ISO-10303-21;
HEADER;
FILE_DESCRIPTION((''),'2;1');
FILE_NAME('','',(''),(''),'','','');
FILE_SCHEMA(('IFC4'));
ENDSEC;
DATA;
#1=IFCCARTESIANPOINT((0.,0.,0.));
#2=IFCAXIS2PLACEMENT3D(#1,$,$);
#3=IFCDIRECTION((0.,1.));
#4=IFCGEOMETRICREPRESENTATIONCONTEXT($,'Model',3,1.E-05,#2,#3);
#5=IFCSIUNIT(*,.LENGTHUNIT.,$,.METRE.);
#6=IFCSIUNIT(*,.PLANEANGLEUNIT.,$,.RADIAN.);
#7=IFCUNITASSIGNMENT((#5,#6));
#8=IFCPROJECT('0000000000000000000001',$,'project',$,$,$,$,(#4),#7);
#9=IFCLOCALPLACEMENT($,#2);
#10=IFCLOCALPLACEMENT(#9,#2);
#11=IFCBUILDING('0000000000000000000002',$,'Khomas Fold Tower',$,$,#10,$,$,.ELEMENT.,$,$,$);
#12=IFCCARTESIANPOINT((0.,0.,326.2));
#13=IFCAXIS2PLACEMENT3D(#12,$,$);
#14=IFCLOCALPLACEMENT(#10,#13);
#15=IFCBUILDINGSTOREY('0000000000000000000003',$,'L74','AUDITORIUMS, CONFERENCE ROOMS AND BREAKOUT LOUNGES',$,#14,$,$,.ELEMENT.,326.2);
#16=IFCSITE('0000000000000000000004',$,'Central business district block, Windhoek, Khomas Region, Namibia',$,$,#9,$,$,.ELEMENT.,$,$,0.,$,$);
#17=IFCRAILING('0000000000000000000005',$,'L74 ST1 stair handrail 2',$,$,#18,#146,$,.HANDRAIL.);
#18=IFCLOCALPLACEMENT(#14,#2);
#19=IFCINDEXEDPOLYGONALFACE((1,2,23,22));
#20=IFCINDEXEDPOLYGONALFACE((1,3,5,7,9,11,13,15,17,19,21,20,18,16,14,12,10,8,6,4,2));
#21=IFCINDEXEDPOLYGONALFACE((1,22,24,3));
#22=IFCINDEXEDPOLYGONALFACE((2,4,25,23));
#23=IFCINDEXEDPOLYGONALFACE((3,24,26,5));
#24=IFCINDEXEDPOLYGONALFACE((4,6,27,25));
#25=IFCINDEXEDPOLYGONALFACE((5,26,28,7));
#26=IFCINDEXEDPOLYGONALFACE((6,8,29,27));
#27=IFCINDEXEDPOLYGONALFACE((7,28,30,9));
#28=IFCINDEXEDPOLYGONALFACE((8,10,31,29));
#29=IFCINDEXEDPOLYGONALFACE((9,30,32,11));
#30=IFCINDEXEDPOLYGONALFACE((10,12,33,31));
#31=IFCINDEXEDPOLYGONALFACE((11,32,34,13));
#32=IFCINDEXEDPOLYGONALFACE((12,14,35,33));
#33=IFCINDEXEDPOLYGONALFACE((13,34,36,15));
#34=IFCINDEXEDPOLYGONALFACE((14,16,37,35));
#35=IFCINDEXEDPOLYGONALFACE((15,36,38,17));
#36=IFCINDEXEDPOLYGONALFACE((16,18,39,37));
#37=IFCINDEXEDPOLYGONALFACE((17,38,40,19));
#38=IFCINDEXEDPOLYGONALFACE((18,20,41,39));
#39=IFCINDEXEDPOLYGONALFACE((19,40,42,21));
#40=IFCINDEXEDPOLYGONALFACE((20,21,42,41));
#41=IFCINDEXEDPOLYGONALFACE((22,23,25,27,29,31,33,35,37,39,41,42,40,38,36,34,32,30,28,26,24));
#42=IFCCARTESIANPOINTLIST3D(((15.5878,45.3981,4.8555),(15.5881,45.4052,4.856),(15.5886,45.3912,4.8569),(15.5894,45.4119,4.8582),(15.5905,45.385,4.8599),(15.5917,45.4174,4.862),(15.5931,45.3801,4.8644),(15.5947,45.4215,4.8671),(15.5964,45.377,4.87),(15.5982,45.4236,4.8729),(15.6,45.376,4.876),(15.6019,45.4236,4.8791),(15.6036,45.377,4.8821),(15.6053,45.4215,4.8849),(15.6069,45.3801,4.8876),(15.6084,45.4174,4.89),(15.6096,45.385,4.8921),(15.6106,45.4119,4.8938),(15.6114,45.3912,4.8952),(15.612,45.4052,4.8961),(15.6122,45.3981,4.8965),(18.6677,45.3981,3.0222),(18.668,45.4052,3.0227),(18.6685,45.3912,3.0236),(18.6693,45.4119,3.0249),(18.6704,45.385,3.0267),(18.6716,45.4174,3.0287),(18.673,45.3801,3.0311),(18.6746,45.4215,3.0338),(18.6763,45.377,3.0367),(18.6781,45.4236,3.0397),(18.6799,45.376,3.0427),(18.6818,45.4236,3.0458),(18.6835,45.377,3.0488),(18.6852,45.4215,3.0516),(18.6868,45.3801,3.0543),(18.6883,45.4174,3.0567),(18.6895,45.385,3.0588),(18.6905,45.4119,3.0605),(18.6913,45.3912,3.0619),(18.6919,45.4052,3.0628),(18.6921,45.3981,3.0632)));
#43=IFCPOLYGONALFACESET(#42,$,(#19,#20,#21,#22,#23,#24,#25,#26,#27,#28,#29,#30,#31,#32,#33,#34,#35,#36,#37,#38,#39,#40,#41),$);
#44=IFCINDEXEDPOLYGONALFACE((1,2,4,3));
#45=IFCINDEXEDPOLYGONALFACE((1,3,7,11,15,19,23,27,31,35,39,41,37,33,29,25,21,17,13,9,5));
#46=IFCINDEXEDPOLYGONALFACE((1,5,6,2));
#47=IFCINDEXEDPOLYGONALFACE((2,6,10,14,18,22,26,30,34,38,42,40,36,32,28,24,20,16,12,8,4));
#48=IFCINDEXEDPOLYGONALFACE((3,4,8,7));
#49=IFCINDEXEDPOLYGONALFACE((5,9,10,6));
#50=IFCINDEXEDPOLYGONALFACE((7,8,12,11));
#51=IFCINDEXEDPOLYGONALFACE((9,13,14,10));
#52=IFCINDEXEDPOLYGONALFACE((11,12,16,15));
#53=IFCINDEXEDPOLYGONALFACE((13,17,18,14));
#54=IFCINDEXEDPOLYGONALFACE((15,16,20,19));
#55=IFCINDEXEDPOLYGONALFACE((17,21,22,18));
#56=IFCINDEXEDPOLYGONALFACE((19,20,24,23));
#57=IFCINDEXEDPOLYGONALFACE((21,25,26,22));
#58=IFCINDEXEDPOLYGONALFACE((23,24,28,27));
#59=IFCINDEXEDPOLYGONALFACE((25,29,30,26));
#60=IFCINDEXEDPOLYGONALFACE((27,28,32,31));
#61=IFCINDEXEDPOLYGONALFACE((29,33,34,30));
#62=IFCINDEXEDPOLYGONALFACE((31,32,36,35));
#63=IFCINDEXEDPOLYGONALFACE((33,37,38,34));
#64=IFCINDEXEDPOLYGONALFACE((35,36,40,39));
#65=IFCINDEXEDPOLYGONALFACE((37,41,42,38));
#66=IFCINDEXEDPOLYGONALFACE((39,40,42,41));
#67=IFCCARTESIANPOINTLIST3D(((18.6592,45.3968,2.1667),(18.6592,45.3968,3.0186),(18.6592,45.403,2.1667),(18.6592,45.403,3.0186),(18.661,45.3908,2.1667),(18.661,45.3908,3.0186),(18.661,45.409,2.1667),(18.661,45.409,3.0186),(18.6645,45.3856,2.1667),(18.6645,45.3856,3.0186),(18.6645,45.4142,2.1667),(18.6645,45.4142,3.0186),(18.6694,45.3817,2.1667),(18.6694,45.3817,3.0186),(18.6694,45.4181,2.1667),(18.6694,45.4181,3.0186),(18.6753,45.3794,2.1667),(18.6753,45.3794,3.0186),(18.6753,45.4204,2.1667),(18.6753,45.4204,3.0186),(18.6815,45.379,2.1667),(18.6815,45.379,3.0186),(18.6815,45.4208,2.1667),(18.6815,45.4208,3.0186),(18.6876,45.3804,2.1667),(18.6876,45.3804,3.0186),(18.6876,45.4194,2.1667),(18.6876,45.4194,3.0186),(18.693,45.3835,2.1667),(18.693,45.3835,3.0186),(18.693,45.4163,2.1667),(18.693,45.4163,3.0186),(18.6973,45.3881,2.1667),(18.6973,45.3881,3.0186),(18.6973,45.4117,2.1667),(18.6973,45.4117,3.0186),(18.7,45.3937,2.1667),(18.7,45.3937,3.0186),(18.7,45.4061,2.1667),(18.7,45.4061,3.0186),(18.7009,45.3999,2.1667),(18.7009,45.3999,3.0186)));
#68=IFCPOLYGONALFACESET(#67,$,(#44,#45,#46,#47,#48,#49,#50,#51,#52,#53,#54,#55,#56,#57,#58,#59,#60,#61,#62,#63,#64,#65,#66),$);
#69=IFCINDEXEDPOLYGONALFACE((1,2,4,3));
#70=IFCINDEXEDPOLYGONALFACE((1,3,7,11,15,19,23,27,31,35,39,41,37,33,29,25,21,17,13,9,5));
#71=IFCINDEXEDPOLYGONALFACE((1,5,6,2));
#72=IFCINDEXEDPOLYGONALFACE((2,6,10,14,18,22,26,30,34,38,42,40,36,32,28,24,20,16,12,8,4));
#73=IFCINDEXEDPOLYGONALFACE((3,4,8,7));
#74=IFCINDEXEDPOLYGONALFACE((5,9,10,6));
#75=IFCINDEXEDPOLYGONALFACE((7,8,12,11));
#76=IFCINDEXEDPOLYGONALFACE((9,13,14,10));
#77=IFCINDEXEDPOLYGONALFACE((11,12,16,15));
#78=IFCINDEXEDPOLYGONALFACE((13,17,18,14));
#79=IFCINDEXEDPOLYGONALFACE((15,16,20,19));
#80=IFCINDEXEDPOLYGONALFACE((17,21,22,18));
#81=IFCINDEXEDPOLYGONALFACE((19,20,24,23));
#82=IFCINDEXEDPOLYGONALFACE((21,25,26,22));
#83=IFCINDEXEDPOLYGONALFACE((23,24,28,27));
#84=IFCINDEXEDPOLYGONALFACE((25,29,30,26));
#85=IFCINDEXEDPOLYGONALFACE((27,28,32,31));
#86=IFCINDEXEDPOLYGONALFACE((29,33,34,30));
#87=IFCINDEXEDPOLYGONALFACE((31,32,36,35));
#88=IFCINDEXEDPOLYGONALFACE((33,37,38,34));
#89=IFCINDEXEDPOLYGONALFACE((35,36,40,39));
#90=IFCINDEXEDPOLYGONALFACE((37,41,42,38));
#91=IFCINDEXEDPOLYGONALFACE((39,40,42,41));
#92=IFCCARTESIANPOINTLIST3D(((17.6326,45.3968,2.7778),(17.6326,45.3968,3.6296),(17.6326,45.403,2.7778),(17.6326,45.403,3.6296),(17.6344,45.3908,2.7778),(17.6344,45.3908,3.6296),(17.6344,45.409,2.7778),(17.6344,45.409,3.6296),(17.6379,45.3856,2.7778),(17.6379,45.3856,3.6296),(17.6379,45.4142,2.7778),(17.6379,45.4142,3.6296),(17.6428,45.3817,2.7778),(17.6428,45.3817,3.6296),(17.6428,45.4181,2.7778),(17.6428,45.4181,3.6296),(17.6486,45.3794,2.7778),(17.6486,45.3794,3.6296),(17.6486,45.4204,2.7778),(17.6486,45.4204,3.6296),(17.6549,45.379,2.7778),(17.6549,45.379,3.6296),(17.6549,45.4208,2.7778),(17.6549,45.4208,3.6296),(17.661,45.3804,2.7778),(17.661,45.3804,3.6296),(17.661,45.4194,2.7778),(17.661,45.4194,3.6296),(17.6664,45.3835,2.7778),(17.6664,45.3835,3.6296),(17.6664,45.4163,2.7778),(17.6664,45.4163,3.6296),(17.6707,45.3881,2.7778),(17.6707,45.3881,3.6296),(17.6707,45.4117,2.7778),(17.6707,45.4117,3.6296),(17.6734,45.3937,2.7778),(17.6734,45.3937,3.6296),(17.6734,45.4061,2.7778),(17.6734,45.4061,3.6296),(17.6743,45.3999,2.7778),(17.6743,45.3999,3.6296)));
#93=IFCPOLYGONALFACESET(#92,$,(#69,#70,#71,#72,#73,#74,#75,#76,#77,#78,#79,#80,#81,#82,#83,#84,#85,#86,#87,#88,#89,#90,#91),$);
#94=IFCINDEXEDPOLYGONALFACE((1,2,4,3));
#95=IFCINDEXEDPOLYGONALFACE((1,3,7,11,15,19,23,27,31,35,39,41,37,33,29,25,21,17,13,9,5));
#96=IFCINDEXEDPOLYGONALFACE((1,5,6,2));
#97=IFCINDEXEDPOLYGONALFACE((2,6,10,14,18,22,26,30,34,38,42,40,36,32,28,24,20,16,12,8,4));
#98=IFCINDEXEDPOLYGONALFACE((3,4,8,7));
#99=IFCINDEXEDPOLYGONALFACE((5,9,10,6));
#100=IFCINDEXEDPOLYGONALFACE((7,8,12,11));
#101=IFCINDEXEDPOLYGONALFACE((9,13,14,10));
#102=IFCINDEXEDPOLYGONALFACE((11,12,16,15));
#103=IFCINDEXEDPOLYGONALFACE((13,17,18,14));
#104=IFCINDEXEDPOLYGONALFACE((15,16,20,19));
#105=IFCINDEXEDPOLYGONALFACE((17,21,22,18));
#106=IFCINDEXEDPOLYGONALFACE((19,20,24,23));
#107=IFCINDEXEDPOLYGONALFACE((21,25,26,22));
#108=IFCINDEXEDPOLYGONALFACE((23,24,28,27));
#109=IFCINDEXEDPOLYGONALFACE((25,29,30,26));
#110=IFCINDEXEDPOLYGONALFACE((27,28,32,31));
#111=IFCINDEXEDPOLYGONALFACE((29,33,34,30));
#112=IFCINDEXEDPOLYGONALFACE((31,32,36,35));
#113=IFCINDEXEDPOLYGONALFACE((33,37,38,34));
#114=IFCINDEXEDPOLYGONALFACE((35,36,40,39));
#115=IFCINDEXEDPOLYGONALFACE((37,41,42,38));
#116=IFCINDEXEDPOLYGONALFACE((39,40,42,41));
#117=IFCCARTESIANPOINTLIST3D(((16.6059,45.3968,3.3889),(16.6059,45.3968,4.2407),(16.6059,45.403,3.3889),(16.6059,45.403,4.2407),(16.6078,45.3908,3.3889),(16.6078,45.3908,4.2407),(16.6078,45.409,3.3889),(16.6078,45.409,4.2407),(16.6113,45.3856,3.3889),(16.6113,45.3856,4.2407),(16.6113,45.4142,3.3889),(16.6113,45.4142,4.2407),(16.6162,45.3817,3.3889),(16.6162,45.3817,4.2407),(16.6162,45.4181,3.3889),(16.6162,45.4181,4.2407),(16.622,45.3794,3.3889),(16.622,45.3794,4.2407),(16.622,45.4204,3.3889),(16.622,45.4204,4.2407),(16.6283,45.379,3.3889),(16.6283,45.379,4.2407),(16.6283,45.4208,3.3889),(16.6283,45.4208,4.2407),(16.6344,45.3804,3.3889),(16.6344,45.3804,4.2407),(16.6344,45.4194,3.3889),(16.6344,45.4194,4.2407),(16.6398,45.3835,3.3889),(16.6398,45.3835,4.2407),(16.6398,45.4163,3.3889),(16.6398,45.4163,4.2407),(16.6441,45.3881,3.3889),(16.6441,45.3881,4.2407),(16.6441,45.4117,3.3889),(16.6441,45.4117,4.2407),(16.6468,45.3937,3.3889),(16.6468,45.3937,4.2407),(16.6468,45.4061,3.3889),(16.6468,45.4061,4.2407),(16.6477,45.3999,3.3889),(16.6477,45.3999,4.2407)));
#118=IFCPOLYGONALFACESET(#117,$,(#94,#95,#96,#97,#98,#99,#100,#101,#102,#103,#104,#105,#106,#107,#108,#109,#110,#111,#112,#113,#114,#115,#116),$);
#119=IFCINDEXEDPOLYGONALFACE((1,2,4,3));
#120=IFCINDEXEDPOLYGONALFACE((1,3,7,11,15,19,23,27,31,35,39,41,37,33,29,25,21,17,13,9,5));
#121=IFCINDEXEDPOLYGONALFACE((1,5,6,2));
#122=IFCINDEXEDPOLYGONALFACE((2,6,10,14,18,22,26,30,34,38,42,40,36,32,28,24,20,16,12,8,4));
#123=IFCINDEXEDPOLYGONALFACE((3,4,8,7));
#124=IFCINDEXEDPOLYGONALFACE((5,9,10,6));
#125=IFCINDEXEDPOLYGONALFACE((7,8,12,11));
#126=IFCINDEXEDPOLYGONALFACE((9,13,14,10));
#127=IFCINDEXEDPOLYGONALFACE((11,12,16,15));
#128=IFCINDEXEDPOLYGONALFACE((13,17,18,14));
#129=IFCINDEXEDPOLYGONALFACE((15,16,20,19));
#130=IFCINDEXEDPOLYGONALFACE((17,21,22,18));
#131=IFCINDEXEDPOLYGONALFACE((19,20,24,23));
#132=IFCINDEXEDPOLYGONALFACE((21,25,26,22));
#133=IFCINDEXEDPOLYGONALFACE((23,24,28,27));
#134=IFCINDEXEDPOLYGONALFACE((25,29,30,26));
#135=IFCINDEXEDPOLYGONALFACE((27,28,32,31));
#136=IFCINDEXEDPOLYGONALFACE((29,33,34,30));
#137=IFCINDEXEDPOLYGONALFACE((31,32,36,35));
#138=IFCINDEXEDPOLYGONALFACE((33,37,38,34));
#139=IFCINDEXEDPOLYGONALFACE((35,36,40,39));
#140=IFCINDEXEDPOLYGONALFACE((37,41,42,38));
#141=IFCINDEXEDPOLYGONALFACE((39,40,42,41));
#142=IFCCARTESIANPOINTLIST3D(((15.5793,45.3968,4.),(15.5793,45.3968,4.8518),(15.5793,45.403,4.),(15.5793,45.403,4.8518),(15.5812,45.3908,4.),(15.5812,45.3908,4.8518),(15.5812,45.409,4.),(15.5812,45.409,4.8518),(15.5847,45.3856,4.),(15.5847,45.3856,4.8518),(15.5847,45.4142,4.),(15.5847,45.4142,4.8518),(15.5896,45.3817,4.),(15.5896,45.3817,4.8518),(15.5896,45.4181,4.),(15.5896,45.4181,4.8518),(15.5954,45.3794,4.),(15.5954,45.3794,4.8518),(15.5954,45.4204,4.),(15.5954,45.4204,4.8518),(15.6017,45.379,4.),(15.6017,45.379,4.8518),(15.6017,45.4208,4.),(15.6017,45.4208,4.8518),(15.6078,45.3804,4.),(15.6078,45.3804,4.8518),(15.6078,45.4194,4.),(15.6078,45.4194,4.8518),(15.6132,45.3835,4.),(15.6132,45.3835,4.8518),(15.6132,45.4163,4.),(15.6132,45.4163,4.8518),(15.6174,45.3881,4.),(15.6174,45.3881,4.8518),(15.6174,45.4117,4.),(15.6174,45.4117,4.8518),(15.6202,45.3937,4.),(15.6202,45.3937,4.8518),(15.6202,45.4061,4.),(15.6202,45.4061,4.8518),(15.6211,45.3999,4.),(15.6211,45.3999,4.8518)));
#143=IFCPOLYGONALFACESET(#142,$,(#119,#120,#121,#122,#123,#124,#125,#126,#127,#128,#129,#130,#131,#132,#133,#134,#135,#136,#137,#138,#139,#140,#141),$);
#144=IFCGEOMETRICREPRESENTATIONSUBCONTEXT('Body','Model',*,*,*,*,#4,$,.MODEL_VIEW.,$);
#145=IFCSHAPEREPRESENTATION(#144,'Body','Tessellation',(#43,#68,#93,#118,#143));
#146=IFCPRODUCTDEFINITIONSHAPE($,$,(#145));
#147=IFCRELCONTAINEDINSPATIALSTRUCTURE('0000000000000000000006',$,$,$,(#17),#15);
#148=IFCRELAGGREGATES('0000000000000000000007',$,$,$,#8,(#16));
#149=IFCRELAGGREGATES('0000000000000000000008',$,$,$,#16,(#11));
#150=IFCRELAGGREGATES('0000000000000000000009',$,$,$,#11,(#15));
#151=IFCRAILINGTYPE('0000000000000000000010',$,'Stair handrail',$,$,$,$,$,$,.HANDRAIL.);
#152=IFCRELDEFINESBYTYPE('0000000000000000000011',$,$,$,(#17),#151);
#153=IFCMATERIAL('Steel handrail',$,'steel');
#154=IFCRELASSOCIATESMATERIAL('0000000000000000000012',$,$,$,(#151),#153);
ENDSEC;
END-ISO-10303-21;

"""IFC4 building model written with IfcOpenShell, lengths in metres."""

from ifc_helpers import new_model, si_unit, direction, frame, origin, origin_2d, place, context, subcontext, project, spatial, circle, extrude, source, transform, mapped, material, type_object, element, save


model = new_model("IFC4")

# Units and contexts
model_context = context("Model", 3, precision=1e-05, world=origin(), true_north=direction((0.0, 1.0)))
body_context = subcontext(model_context, "Body", "Model", "MODEL_VIEW")
ifc_project = project(units=[si_unit("LENGTHUNIT", "METRE"), si_unit("PLANEANGLEUNIT", "RADIAN")], contexts=[model_context])

# Site, building, storey
site_placement = place(None, origin())
site = spatial("IfcSite", under=ifc_project, at=site_placement, Name="Central business district block, Windhoek, Khomas Region, Namibia", CompositionType="ELEMENT", RefElevation=0.0)
building_placement = place(site_placement, origin())
building = spatial("IfcBuilding", under=site, at=building_placement, Name="Khomas Fold Tower", CompositionType="ELEMENT")
storey_placement = place(building_placement, frame((0.0, 0.0, 326.2)))
storey = spatial("IfcBuildingStorey", under=building, at=storey_placement, Name="L74", Description="AUDITORIUMS, CONFERENCE ROOMS AND BREAKOUT LOUNGES", CompositionType="ELEMENT", Elevation=326.2)

# Railing
ifc_material_1 = material(Name="Steel handrail", Category="steel")
railing_type_1 = type_object("IfcRailingType", Name="Stair handrail", PredefinedType="HANDRAIL", material=ifc_material_1)
shared_shape_1 = source(origin(), body_context, "Body", "SweptSolid", [
    extrude(circle(Radius=0.0239, at=origin_2d()), frame((0.0, 0.0, 0.876), z_axis=(-0.859291, 0.0, 0.511487), x_axis=(0.0, -1.0, 0.0)), (0.0, 0.0, 1.0), 3.5842),
    extrude(circle(Radius=0.021, at=origin_2d()), origin(), (0.0, 0.0, 1.0), 0.8518),
    extrude(circle(Radius=0.021, at=origin_2d()), frame((-1.0266, 0.0, 0.6111)), (0.0, 0.0, 1.0), 0.8518),
    extrude(circle(Radius=0.021, at=origin_2d()), frame((-2.0532, 0.0, 1.2222)), (0.0, 0.0, 1.0), 0.8518),
    extrude(circle(Radius=0.021, at=origin_2d()), frame((-3.0798, 0.0, 1.8333)), (0.0, 0.0, 1.0), 0.8518),
])
railing_1_placement = place(storey_placement, frame((18.6799, 45.3999, 2.1667)))
element("IfcRailing", 1, at=railing_1_placement, inside=storey, type_object=railing_type_1, Name="L74 ST1 stair handrail 2", PredefinedType="HANDRAIL", context=body_context, shape_type="MappedRepresentation", body=[
    mapped(shared_shape_1, transform((0.0, 0.0, 0.0))),
])

save(model, "model.ifc")
